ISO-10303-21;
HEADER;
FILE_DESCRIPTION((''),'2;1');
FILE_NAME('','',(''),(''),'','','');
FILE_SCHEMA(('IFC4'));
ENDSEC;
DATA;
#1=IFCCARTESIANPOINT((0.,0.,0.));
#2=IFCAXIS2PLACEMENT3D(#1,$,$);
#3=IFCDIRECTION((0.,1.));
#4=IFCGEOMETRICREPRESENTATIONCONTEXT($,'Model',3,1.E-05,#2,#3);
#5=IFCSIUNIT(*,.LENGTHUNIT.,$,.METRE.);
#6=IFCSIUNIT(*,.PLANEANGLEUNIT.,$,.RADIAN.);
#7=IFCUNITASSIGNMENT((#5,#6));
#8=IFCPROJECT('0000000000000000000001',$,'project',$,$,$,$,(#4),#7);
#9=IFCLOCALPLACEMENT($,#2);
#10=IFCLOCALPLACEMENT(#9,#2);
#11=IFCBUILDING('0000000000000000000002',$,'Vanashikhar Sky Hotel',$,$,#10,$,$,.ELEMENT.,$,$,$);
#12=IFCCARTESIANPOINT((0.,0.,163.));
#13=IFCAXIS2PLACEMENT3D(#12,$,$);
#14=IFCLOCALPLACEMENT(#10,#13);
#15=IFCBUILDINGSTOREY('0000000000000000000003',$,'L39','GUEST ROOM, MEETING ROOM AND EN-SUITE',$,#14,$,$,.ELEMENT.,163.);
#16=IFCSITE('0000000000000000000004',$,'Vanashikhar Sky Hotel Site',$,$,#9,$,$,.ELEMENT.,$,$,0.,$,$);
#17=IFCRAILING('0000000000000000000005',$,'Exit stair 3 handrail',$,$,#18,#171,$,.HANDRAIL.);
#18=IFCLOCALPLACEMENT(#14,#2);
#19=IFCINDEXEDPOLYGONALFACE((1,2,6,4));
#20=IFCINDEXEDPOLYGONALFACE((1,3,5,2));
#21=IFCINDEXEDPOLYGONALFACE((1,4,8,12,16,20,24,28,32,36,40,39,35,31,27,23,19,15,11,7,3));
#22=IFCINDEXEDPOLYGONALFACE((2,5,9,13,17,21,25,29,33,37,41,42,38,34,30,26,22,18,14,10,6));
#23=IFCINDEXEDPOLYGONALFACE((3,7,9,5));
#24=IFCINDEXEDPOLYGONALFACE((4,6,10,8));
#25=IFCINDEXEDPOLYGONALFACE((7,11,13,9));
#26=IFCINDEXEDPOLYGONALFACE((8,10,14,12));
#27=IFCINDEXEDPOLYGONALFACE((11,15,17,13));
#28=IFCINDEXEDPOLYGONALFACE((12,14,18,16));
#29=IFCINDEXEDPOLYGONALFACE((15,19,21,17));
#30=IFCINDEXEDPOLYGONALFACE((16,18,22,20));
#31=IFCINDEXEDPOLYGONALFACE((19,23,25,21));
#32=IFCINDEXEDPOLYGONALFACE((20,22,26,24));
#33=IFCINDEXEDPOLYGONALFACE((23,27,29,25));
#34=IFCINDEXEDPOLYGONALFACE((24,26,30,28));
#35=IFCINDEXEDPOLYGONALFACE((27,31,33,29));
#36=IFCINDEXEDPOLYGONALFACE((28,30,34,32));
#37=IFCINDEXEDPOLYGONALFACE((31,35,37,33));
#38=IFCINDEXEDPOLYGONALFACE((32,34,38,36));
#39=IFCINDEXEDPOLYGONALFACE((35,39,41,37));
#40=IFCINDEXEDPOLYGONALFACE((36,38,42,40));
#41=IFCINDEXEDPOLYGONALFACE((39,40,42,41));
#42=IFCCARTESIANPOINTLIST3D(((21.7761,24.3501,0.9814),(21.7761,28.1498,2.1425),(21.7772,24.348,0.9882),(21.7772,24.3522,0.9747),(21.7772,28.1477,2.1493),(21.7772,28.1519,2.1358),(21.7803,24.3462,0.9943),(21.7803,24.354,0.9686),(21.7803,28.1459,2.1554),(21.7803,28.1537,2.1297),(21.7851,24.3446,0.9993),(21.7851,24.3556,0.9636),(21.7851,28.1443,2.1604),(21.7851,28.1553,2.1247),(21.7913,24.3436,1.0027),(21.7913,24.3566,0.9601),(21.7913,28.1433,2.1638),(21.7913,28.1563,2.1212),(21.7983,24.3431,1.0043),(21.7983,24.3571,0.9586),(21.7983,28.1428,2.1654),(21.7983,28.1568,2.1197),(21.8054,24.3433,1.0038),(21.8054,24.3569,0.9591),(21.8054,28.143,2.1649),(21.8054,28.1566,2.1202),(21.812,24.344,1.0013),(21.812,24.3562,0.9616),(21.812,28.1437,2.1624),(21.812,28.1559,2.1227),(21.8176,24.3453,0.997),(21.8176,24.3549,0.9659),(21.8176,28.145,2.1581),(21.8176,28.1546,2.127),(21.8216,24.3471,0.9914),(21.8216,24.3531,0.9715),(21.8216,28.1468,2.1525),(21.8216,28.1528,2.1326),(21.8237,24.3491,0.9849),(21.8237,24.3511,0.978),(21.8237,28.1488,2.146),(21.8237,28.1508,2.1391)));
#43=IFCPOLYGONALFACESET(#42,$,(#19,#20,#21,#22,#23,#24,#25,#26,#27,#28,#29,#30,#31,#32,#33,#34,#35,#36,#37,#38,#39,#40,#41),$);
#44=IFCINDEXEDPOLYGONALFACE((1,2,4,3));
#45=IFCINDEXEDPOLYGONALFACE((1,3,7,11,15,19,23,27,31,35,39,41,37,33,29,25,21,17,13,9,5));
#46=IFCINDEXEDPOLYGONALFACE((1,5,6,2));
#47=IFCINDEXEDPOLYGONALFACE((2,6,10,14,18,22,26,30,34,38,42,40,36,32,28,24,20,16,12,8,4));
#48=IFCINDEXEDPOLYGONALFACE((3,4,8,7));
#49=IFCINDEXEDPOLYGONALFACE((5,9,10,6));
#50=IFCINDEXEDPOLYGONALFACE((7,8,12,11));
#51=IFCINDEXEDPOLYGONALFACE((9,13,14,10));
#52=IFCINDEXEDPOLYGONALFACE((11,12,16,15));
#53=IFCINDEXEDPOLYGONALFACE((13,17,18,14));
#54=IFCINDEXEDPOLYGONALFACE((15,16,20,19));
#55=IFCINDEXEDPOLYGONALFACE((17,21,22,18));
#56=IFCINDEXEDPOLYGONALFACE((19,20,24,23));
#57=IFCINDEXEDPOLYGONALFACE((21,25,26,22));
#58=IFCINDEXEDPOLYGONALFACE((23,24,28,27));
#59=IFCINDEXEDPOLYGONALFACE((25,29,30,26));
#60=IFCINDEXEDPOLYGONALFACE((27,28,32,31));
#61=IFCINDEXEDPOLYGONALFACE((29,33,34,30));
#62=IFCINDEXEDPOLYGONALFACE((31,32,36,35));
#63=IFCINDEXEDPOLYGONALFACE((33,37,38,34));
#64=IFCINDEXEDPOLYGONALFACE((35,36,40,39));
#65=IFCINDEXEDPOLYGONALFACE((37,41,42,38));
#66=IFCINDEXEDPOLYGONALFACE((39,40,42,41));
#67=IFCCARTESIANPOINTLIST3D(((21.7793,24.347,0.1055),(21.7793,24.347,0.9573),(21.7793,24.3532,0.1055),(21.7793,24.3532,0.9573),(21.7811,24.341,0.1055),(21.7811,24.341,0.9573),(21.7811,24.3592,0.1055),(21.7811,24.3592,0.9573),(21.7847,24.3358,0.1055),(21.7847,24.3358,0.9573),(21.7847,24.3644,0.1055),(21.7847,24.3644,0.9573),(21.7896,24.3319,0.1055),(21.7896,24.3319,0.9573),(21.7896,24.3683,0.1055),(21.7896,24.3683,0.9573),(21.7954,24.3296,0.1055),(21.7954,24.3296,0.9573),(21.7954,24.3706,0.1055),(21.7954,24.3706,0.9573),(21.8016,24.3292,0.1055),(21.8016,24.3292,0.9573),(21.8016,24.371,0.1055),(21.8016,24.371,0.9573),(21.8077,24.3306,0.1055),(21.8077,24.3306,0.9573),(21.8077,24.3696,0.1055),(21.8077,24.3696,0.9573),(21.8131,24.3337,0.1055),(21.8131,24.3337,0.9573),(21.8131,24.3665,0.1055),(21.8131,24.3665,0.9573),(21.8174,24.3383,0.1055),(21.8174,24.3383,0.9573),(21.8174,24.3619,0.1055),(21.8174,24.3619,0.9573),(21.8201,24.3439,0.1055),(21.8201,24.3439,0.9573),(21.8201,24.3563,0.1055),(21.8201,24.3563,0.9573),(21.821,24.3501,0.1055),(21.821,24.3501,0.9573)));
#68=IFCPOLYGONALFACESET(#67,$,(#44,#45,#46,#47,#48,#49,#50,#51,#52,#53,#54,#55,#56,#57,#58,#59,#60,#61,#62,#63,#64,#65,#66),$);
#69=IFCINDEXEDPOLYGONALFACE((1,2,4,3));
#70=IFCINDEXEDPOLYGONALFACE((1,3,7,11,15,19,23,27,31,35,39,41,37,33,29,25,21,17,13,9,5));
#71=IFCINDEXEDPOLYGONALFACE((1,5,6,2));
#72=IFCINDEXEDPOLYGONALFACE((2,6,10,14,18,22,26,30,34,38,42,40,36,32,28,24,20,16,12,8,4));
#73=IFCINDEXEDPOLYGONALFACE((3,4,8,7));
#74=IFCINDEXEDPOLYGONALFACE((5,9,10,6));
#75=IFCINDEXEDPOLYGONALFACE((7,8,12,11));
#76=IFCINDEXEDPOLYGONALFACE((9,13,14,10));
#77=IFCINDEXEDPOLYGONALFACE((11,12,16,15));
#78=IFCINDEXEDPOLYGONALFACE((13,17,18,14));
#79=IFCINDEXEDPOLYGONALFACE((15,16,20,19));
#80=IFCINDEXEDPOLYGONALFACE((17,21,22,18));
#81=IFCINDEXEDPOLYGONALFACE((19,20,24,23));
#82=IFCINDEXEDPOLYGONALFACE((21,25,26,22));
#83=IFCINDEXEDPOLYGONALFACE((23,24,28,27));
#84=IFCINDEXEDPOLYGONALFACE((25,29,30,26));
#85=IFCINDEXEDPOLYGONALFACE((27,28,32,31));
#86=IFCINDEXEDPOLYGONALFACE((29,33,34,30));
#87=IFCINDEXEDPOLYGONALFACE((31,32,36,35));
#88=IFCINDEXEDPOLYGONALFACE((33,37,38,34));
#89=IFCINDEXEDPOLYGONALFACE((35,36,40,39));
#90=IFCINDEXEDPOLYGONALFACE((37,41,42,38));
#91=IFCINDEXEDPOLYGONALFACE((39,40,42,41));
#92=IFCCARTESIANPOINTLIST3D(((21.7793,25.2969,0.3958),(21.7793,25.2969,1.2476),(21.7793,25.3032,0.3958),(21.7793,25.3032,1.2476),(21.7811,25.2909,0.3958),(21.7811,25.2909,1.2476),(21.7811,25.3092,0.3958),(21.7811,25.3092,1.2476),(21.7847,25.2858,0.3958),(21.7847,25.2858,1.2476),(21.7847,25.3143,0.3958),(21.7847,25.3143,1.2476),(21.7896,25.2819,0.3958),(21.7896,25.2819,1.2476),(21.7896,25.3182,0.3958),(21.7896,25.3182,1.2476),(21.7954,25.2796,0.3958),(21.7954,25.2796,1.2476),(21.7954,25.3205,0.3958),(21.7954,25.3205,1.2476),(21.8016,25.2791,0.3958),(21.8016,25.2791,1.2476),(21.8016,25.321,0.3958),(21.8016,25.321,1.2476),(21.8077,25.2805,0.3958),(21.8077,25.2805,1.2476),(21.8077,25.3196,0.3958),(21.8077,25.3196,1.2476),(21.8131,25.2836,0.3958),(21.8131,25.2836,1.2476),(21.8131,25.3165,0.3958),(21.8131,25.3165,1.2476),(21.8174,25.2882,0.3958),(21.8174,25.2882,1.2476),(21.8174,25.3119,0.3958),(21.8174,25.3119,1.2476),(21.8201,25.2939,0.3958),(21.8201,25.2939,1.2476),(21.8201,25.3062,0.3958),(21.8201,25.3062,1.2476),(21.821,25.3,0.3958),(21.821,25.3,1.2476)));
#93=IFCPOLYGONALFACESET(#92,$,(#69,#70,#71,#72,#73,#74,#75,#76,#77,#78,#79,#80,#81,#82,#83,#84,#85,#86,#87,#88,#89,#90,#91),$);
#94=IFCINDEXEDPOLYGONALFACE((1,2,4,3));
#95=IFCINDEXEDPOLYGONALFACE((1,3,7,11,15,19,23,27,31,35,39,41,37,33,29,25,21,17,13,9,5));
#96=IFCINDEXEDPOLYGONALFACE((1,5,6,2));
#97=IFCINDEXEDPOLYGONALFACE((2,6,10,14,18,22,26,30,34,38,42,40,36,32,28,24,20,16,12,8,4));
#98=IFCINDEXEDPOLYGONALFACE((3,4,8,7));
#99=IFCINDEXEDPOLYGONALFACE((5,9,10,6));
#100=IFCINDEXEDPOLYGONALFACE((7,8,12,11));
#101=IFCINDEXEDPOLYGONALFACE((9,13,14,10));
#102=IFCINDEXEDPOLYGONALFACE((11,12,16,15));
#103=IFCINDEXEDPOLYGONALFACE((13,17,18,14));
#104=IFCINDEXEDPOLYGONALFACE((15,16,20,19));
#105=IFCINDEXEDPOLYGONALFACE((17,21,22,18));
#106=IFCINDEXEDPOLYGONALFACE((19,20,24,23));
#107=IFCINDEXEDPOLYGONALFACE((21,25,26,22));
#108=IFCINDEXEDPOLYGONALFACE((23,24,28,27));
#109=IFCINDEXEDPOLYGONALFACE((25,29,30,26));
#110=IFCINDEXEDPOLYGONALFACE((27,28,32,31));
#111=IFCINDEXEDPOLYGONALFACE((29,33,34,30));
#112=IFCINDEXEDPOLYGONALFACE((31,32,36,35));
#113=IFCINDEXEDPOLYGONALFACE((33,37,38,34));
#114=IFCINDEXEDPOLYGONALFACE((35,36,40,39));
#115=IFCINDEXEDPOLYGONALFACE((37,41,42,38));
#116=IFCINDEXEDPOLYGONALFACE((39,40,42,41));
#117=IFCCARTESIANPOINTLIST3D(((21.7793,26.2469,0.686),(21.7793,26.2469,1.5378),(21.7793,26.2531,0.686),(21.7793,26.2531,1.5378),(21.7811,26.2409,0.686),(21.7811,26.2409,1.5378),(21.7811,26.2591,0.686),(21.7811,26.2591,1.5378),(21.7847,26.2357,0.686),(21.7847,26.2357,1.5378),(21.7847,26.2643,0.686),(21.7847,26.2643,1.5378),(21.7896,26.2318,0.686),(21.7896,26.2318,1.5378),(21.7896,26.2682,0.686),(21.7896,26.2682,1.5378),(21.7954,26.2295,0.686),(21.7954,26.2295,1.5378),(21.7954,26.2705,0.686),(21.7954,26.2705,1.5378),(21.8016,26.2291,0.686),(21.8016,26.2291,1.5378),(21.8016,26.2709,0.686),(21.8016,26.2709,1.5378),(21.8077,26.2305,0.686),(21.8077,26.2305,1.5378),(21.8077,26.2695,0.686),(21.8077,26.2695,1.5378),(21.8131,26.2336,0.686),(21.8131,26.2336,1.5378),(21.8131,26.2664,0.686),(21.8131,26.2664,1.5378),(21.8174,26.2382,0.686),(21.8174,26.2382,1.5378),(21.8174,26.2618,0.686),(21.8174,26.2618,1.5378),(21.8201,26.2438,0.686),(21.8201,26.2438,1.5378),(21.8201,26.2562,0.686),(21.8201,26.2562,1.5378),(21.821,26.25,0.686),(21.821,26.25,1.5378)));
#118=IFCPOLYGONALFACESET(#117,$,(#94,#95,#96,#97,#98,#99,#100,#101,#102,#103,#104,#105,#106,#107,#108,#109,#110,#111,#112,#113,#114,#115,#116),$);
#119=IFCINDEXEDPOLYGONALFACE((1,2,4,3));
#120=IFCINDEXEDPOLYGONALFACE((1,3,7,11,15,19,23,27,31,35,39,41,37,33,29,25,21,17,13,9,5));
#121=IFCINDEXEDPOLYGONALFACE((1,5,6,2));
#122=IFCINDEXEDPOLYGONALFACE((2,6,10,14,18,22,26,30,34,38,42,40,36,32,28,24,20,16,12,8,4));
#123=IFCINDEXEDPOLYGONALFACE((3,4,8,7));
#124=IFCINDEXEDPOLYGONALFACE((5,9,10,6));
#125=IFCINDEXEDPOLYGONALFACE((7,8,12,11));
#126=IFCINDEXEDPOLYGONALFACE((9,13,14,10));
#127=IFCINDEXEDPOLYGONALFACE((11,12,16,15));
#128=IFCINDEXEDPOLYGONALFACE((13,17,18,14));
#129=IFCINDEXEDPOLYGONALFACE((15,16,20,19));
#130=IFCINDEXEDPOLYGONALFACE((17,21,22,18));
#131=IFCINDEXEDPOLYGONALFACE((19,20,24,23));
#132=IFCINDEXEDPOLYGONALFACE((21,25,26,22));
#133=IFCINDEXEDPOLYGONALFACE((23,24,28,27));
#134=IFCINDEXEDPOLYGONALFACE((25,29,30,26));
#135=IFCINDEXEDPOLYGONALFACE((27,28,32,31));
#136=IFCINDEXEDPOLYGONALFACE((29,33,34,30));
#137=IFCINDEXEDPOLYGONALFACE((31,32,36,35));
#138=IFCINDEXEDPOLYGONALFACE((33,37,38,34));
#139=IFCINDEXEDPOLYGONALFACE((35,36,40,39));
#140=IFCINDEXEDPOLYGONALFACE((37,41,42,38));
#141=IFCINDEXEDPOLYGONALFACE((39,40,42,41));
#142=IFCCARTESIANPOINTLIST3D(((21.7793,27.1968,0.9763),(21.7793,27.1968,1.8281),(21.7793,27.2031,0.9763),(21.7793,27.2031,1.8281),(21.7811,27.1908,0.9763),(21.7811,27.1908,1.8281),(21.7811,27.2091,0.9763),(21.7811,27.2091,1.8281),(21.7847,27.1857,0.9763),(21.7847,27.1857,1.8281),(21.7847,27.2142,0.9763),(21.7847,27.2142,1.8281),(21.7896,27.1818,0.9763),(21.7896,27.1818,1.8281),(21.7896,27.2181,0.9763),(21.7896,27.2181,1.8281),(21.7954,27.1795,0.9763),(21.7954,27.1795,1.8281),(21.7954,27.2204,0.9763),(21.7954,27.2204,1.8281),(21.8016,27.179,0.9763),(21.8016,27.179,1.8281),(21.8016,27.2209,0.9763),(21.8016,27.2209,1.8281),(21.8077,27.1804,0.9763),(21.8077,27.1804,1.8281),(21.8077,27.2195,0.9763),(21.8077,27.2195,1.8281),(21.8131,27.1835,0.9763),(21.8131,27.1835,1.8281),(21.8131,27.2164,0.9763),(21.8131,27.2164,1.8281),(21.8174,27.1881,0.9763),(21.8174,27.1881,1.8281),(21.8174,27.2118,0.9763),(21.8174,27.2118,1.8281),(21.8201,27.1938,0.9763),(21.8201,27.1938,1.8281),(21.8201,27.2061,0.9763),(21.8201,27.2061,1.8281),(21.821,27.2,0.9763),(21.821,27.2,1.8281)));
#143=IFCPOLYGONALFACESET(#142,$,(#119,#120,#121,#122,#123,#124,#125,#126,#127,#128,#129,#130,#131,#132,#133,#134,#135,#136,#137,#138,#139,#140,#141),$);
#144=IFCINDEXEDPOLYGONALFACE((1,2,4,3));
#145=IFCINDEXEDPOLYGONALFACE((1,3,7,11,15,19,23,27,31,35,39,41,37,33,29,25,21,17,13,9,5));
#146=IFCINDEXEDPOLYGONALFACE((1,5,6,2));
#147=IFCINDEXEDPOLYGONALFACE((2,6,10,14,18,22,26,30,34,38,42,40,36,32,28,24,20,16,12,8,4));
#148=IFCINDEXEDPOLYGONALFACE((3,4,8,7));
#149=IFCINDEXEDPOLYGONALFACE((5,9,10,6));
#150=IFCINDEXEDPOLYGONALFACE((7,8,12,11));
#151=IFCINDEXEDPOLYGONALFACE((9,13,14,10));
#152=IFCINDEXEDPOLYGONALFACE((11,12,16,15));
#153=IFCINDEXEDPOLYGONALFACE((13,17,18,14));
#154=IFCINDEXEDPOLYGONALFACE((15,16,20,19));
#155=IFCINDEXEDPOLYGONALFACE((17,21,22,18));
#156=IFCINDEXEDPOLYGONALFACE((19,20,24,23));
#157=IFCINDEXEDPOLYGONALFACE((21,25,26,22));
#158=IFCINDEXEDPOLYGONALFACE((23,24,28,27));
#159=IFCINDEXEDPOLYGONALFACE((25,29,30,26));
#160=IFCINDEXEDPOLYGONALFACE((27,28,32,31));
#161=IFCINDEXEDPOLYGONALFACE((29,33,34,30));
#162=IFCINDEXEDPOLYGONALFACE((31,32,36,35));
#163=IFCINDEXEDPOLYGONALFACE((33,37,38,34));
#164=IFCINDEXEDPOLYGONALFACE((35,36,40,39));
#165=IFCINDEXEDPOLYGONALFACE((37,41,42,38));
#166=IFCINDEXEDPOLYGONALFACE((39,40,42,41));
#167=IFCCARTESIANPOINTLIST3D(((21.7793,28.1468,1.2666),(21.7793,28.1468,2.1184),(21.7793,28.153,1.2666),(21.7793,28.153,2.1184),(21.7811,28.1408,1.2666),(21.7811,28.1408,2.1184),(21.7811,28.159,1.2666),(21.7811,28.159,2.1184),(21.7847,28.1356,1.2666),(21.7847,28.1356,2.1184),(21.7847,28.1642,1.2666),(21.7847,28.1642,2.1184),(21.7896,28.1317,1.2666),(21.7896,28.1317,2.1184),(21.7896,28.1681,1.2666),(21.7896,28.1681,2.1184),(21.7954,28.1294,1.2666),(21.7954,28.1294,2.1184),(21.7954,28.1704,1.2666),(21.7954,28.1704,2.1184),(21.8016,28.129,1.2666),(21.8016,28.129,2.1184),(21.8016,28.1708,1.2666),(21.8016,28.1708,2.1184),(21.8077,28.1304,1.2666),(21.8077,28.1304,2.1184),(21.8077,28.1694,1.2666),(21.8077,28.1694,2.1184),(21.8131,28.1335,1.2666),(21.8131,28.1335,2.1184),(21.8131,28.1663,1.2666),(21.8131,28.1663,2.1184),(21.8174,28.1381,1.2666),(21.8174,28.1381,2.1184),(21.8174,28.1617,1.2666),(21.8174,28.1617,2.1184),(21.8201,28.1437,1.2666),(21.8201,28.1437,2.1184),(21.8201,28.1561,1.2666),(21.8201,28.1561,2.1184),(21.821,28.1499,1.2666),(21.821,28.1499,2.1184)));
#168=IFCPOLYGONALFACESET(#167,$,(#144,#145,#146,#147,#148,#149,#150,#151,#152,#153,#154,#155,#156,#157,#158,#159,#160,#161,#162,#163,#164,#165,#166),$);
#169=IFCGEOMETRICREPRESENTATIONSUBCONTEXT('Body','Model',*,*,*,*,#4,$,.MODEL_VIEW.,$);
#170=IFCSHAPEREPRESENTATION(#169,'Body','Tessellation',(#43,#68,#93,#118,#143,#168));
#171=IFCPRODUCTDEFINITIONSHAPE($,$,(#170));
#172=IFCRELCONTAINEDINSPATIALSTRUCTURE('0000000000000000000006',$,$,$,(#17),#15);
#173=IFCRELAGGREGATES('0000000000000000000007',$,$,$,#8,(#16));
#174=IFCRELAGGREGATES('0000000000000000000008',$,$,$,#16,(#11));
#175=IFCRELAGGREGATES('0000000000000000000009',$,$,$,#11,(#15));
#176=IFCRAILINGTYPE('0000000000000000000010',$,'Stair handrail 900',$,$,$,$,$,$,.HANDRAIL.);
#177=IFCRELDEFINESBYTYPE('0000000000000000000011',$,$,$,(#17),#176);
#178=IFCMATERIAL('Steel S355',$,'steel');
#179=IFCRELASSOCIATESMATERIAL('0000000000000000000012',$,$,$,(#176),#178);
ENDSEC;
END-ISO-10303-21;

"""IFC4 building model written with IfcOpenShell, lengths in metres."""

from ifc_helpers import new_model, si_unit, direction, frame, origin, origin_2d, place, context, subcontext, project, spatial, circle, extrude, source, transform, mapped, material, type_object, element, save


model = new_model("IFC4")

# Units and contexts
model_context = context("Model", 3, precision=1e-05, world=origin(), true_north=direction((0.0, 1.0)))
body_context = subcontext(model_context, "Body", "Model", "MODEL_VIEW")
ifc_project = project(units=[si_unit("LENGTHUNIT", "METRE"), si_unit("PLANEANGLEUNIT", "RADIAN")], contexts=[model_context])

# Site, building, storey
site_placement = place(None, origin())
site = spatial("IfcSite", under=ifc_project, at=site_placement, Name="Vanashikhar Sky Hotel Site", CompositionType="ELEMENT", RefElevation=0.0)
building_placement = place(site_placement, origin())
building = spatial("IfcBuilding", under=site, at=building_placement, Name="Vanashikhar Sky Hotel", CompositionType="ELEMENT")
storey_placement = place(building_placement, frame((0.0, 0.0, 163.0)))
storey = spatial("IfcBuildingStorey", under=building, at=storey_placement, Name="L39", Description="GUEST ROOM, MEETING ROOM AND EN-SUITE", CompositionType="ELEMENT", Elevation=163.0)

# Railing
ifc_material_1 = material(Name="Steel S355", Category="steel")
railing_type = type_object("IfcRailingType", Name="Stair handrail 900", PredefinedType="HANDRAIL", material=ifc_material_1)
shared_shape_1 = source(origin(), body_context, "Body", "SweptSolid", [
    extrude(circle(Radius=0.0239, at=origin_2d()), frame((0.0, 0.0, 0.876), z_axis=(0.0, 0.956346, 0.292237), x_axis=(-1.0, 0.0, 0.0)), (0.0, 0.0, 1.0), 3.9731),
    extrude(circle(Radius=0.021, at=origin_2d()), origin(), (0.0, 0.0, 1.0), 0.8518),
    extrude(circle(Radius=0.021, at=origin_2d()), frame((0.0, 0.95, 0.2903)), (0.0, 0.0, 1.0), 0.8518),
    extrude(circle(Radius=0.021, at=origin_2d()), frame((0.0, 1.8999, 0.5806)), (0.0, 0.0, 1.0), 0.8518),
    extrude(circle(Radius=0.021, at=origin_2d()), frame((0.0, 2.8499, 0.8708)), (0.0, 0.0, 1.0), 0.8518),
    extrude(circle(Radius=0.021, at=origin_2d()), frame((0.0, 3.7998, 1.1611)), (0.0, 0.0, 1.0), 0.8518),
])
for number, where, name in (
    (1, (21.8, 24.3501, 0.1055), "Exit stair 3 handrail"),
):
    element("IfcRailing", number, at=place(storey_placement, frame(where)), inside=storey, type_object=railing_type, Name=name, PredefinedType="HANDRAIL", context=body_context, shape_type="MappedRepresentation", body=[
        mapped(shared_shape_1, transform((0.0, 0.0, 0.0), scale=1.0)),
    ])

save(model, "model.ifc")
